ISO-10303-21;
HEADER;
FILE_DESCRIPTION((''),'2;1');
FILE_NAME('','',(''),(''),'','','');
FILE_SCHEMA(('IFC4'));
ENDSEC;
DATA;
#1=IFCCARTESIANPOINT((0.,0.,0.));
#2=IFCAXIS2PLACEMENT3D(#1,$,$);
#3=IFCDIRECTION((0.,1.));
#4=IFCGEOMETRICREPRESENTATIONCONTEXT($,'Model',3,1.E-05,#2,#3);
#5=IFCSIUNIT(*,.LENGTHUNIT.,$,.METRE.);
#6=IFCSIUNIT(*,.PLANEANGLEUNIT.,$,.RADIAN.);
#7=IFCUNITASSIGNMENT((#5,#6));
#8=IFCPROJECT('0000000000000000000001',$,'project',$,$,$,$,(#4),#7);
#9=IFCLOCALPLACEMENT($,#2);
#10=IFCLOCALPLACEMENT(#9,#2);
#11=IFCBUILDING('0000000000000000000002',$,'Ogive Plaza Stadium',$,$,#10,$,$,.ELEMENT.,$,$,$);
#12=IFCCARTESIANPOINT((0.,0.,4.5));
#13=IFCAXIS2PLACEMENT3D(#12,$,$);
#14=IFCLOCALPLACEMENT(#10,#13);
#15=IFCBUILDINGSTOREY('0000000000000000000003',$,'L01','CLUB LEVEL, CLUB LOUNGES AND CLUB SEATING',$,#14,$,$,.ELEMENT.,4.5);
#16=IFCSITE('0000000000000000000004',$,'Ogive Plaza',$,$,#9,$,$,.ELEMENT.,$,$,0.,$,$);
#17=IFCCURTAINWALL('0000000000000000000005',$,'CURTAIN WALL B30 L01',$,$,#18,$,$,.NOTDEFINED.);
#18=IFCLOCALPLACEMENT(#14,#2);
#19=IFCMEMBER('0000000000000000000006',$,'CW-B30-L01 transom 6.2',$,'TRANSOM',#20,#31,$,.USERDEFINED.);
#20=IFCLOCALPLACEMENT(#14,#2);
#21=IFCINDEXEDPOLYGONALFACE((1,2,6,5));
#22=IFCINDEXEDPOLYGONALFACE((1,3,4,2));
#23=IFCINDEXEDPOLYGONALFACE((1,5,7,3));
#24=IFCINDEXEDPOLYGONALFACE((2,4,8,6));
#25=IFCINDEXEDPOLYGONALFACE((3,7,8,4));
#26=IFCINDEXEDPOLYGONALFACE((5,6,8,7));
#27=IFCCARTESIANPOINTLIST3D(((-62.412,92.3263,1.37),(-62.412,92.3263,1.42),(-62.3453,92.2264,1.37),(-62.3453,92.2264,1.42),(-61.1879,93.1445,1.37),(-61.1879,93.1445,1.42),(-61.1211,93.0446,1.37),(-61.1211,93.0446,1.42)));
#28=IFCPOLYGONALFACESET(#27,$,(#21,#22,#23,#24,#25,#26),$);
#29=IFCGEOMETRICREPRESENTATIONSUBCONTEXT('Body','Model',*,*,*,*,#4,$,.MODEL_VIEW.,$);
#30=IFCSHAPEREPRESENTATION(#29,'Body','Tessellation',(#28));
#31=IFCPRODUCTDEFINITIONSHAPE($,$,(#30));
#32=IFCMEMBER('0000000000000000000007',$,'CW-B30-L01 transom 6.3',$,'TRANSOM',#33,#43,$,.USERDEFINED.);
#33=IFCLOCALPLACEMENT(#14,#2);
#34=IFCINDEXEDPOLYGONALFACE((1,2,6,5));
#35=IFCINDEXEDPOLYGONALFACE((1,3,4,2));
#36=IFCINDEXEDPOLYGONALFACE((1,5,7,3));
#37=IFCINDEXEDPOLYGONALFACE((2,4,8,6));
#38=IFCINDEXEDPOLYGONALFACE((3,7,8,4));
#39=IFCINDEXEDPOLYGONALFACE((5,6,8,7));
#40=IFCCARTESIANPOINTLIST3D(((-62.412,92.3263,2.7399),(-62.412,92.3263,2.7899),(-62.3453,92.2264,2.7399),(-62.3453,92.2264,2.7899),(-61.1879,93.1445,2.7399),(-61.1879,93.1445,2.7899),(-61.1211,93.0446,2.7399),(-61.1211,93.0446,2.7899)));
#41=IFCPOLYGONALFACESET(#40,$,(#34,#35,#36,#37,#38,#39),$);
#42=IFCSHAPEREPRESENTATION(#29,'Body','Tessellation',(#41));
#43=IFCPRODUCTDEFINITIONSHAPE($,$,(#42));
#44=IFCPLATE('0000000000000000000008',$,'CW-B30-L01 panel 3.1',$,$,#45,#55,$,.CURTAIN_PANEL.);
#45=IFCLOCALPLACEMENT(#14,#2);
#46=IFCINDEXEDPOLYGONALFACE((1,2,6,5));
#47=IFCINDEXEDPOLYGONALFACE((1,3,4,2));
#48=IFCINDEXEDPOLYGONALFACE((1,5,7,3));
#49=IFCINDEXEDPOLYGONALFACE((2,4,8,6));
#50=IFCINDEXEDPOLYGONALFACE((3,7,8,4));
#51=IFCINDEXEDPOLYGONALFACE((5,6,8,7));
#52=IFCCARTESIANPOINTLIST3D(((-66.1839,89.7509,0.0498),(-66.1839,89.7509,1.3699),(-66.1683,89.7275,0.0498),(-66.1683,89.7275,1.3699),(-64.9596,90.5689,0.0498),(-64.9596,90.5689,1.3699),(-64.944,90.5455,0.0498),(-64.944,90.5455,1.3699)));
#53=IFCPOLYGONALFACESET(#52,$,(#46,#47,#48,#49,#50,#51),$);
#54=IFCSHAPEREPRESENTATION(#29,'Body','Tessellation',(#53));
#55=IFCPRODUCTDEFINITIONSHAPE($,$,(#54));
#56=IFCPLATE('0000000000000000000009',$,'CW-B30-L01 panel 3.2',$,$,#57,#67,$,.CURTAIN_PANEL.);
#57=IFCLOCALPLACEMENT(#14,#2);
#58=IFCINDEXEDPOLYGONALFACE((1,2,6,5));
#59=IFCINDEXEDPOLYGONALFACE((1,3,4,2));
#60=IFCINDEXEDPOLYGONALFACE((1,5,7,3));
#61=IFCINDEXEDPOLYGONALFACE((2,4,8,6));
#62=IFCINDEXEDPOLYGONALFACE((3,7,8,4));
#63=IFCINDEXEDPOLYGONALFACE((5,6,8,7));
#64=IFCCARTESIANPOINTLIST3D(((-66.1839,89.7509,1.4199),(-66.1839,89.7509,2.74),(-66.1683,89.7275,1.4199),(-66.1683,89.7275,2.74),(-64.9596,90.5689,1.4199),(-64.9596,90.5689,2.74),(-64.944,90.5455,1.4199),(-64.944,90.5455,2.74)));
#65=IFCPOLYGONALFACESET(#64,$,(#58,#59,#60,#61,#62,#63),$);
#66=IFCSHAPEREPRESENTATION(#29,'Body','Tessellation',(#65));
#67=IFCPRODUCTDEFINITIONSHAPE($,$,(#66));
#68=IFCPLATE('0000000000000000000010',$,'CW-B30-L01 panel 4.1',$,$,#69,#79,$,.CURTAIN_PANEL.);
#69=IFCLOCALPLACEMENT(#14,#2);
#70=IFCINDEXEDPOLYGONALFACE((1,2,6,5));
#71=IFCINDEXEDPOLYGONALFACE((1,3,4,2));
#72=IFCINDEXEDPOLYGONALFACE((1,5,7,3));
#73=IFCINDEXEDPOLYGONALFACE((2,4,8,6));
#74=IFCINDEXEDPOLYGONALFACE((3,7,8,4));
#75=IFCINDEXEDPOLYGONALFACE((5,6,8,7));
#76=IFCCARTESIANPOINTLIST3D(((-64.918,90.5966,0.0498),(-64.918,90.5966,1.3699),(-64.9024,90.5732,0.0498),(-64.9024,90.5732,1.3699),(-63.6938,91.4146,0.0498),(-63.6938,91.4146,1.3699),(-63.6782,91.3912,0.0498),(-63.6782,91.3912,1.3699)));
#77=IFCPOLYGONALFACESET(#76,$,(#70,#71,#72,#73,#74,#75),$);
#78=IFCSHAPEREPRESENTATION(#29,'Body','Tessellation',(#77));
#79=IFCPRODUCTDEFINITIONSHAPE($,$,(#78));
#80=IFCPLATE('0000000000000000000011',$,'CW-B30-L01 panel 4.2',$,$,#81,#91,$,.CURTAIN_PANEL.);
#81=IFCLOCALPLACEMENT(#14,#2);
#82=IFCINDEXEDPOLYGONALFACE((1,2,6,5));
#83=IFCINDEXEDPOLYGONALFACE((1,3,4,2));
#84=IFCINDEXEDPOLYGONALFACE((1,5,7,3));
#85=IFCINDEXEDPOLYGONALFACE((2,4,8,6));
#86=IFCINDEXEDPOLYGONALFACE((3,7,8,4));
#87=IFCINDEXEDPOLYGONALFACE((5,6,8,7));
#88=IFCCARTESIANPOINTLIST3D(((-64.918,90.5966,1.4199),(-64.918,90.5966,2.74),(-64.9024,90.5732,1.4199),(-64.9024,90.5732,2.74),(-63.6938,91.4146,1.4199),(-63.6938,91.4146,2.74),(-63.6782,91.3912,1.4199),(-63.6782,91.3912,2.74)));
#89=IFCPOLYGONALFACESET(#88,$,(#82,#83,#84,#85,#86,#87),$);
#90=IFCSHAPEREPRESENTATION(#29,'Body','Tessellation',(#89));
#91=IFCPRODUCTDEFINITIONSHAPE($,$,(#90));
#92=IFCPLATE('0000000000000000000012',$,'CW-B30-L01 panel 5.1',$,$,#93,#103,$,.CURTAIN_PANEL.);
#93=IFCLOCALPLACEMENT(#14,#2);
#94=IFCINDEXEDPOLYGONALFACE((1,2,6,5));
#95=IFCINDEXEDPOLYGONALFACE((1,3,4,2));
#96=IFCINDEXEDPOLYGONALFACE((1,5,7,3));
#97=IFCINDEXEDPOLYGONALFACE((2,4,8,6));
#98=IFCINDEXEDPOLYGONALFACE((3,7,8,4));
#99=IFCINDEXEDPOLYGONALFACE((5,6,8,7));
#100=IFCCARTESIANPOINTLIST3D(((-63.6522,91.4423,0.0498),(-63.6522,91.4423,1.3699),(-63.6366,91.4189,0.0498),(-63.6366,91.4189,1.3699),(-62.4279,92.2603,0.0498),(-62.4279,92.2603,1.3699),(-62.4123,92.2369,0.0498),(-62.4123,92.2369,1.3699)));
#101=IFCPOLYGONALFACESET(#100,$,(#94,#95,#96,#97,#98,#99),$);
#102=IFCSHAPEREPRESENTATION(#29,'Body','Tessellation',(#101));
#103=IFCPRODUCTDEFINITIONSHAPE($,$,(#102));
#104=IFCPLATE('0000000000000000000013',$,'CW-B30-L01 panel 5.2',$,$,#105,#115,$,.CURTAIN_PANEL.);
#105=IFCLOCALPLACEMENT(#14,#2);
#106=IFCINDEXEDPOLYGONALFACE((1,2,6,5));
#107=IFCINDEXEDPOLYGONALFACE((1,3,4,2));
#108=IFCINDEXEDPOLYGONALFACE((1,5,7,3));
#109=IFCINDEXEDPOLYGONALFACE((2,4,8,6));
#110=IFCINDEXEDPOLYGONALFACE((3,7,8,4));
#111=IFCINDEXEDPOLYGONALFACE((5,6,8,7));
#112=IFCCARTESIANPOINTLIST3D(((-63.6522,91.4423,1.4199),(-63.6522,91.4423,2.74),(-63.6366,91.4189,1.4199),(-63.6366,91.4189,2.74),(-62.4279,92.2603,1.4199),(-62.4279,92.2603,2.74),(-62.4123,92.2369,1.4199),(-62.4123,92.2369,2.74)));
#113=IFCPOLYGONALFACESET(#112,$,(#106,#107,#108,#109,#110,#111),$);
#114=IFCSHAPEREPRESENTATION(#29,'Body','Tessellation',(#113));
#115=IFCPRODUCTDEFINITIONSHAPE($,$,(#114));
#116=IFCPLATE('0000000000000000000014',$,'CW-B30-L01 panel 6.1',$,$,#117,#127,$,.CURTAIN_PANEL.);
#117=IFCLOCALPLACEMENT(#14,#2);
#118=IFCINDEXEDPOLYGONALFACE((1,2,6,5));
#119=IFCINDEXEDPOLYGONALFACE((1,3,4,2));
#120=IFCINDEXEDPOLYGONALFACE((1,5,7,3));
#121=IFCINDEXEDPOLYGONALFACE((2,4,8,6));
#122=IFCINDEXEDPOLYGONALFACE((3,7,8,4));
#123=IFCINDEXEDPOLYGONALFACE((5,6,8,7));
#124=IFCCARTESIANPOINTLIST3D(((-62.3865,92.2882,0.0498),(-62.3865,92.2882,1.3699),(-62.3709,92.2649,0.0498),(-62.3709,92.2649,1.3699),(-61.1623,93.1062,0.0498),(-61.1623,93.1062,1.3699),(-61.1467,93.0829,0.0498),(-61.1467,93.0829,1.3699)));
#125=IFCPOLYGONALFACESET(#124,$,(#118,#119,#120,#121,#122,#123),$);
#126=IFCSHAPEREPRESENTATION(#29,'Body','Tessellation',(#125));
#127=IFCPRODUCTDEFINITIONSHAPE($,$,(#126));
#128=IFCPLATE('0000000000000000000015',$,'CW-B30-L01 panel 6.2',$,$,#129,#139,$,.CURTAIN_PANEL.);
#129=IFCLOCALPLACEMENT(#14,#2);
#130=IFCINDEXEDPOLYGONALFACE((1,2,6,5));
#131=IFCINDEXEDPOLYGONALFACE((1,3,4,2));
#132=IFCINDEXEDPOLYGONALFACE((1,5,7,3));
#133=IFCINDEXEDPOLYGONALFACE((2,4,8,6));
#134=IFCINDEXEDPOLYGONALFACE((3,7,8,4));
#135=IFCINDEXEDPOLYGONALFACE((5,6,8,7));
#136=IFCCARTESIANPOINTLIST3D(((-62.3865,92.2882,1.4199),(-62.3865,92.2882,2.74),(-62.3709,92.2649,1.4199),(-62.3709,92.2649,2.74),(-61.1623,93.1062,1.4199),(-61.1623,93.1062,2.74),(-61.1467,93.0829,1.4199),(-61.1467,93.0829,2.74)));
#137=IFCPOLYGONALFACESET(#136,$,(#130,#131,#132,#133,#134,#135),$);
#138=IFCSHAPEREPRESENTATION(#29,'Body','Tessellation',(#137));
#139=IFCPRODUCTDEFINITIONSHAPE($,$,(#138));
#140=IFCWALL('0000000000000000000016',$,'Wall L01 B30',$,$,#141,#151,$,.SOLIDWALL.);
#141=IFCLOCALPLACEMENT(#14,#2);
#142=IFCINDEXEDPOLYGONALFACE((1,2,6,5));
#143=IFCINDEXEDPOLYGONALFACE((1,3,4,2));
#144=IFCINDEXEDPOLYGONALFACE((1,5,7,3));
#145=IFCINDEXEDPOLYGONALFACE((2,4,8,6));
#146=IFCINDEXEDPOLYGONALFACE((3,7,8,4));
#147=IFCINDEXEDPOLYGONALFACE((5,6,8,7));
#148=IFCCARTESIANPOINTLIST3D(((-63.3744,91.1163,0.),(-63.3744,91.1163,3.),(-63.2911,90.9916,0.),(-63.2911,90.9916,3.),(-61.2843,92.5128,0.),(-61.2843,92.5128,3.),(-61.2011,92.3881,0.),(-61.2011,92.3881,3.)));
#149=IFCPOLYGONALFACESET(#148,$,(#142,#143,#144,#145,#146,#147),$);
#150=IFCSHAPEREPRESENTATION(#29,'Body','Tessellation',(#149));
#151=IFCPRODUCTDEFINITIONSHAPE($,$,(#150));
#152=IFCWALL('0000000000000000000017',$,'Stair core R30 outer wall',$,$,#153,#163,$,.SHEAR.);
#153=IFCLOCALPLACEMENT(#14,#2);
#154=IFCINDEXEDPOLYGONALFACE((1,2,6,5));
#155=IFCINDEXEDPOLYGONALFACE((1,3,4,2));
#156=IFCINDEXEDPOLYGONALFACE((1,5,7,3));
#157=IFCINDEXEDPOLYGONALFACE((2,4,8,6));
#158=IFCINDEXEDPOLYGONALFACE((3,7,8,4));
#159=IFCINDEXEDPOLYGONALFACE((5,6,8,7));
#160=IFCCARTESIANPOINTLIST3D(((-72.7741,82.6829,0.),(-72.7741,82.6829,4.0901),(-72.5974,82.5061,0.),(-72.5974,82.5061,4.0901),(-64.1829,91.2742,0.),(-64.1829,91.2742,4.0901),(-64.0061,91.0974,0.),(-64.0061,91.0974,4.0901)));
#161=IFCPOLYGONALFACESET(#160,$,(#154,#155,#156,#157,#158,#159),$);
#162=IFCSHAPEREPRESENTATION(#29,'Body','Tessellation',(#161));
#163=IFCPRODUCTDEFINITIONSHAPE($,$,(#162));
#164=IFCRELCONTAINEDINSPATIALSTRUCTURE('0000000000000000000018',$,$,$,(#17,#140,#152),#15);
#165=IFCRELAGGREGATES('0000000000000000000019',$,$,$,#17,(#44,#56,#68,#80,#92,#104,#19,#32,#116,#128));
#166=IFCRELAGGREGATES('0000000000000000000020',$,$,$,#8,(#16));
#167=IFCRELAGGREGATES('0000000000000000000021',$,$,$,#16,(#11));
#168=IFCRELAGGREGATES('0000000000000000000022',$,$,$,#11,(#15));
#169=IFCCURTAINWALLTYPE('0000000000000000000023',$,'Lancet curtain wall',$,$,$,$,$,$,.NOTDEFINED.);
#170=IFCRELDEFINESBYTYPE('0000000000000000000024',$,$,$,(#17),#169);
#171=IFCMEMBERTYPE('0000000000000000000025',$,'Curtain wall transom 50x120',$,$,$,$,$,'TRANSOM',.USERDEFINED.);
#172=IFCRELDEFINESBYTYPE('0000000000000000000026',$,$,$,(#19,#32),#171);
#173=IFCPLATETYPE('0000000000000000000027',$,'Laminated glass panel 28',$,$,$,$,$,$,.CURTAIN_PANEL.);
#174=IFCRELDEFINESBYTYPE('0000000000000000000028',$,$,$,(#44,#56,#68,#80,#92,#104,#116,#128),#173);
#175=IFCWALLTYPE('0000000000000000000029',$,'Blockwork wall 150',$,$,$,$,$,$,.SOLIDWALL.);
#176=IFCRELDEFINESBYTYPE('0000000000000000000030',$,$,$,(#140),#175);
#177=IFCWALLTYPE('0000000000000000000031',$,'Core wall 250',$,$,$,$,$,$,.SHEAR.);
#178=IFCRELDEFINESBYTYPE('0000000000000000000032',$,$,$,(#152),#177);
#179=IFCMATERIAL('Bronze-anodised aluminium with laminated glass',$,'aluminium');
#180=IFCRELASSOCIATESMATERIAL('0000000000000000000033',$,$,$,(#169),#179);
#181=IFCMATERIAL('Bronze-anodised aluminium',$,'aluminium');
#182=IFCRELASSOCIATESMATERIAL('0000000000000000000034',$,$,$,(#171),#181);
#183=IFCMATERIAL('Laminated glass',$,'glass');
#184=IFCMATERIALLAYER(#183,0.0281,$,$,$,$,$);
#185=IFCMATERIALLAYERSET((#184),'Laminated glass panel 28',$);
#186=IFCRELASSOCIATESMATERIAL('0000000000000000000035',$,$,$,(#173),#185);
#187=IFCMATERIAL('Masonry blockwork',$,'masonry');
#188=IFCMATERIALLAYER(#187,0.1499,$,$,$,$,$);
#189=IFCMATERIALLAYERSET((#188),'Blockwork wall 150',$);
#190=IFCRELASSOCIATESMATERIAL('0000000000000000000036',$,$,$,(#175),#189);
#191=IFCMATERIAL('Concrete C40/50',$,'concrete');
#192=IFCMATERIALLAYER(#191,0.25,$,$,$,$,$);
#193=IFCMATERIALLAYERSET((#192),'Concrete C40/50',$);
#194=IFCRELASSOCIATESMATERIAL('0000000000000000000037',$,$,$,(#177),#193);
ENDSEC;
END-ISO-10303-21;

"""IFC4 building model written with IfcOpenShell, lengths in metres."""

from ifc_helpers import new_model, si_unit, direction, frame, frame_2d, origin, origin_2d, place, context, subcontext, project, spatial, rectangle, extrude, material, layer, layer_set, material_profile, profile_set, type_object, element, aggregate, save


model = new_model("IFC4")

# Units and contexts
model_context = context("Model", 3, precision=1e-05, world=origin(), true_north=direction((0.0, 1.0)))
body_context = subcontext(model_context, "Body", "Model", "MODEL_VIEW")
ifc_project = project(units=[si_unit("LENGTHUNIT", "METRE"), si_unit("PLANEANGLEUNIT", "RADIAN")], contexts=[model_context])

# Site, building, storey
site_placement = place(None, origin())
site = spatial("IfcSite", under=ifc_project, at=site_placement, Name="Ogive Plaza", CompositionType="ELEMENT", RefElevation=0.0)
building_placement = place(site_placement, origin())
building = spatial("IfcBuilding", under=site, at=building_placement, Name="Ogive Plaza Stadium", CompositionType="ELEMENT")
storey_placement = place(building_placement, frame((0.0, 0.0, 4.5)))
storey = spatial("IfcBuildingStorey", under=building, at=storey_placement, Name="L01", Description="CLUB LEVEL, CLUB LOUNGES AND CLUB SEATING", CompositionType="ELEMENT", Elevation=4.5)

# Curtain wall, members, plates
ifc_material_1 = material(Name="Bronze-anodised aluminium with laminated glass", Category="aluminium")
curtain_wall_type = type_object("IfcCurtainWallType", Name="Lancet curtain wall", PredefinedType="NOTDEFINED", material=ifc_material_1)
curtain_wall_placement = place(storey_placement, origin())
curtain_wall = element("IfcCurtainWall", 1, at=curtain_wall_placement, inside=storey, type_object=curtain_wall_type, Name="CURTAIN WALL B30 L01", PredefinedType="NOTDEFINED")
ifc_material_2 = material(Name="Bronze-anodised aluminium", Category="aluminium")
ifc_material_profile_1 = material_profile(ifc_material_2, rectangle(XDim=0.1201, YDim=0.05, at=origin_2d()), Name="AL 120x50")
ifc_profile_set_1 = profile_set([ifc_material_profile_1], Name="Bronze-anodised aluminium")
member_type_1 = type_object("IfcMemberType", Name="Curtain wall transom 50x120", ElementType="TRANSOM", PredefinedType="USERDEFINED", material=ifc_profile_set_1)
member_1_placement = place(storey_placement, frame((-62.3787, 92.2764, 1.395), z_axis=(0.831412, 0.555656, 0.0), x_axis=(-0.555656, 0.831412, 0.0)))
member_1 = element("IfcMember", 2, at=member_1_placement, type_object=member_type_1, Name="CW-B30-L01 transom 6.2", ObjectType="TRANSOM", PredefinedType="USERDEFINED", context=body_context, shape_type="SweptSolid", body=[
    extrude(rectangle(XDim=0.1201, YDim=0.05, at=origin_2d()), origin(), (0.0, 0.0, 1.0), 1.4724),
])
member_2_placement = place(storey_placement, frame((-62.3787, 92.2764, 2.7649), z_axis=(0.831412, 0.555656, 0.0), x_axis=(-0.555656, 0.831412, 0.0)))
member_2 = element("IfcMember", 3, at=member_2_placement, type_object=member_type_1, Name="CW-B30-L01 transom 6.3", ObjectType="TRANSOM", PredefinedType="USERDEFINED", context=body_context, shape_type="SweptSolid", body=[
    extrude(rectangle(XDim=0.1201, YDim=0.05, at=origin_2d()), origin(), (0.0, 0.0, 1.0), 1.4724),
])
ifc_material_3 = material(Name="Laminated glass", Category="glass")
ifc_layer_1 = layer(ifc_material_3, 0.0281)
ifc_layer_set_1 = layer_set([ifc_layer_1], Name="Laminated glass panel 28")
plate_type = type_object("IfcPlateType", Name="Laminated glass panel 28", PredefinedType="CURTAIN_PANEL", material=ifc_layer_set_1)
plate_1_placement = place(storey_placement, frame((-65.564, 90.1482, 0.0498), z_axis=(0.0, 0.0, 1.0), x_axis=(0.83147, 0.55557, 0.0)))
plate_1 = element("IfcPlate", 4, at=plate_1_placement, type_object=plate_type, Name="CW-B30-L01 panel 3.1", PredefinedType="CURTAIN_PANEL", context=body_context, shape_type="SweptSolid", body=[
    extrude(rectangle(XDim=1.4724, YDim=0.0281, at=origin_2d()), origin(), (0.0, 0.0, 1.0), 1.3201),
])
plate_2_placement = place(storey_placement, frame((-65.564, 90.1482, 1.4199), z_axis=(0.0, 0.0, 1.0), x_axis=(0.83147, 0.55557, 0.0)))
plate_2 = element("IfcPlate", 5, at=plate_2_placement, type_object=plate_type, Name="CW-B30-L01 panel 3.2", PredefinedType="CURTAIN_PANEL", context=body_context, shape_type="SweptSolid", body=[
    extrude(rectangle(XDim=1.4724, YDim=0.0281, at=origin_2d()), origin(), (0.0, 0.0, 1.0), 1.3201),
])
plate_3_placement = place(storey_placement, frame((-64.2981, 90.9939, 0.0498), z_axis=(0.0, 0.0, 1.0), x_axis=(0.83147, 0.55557, 0.0)))
plate_3 = element("IfcPlate", 6, at=plate_3_placement, type_object=plate_type, Name="CW-B30-L01 panel 4.1", PredefinedType="CURTAIN_PANEL", context=body_context, shape_type="SweptSolid", body=[
    extrude(rectangle(XDim=1.4724, YDim=0.0281, at=origin_2d()), origin(), (0.0, 0.0, 1.0), 1.3201),
])
plate_4_placement = place(storey_placement, frame((-64.2981, 90.9939, 1.4199), z_axis=(0.0, 0.0, 1.0), x_axis=(0.83147, 0.55557, 0.0)))
plate_4 = element("IfcPlate", 7, at=plate_4_placement, type_object=plate_type, Name="CW-B30-L01 panel 4.2", PredefinedType="CURTAIN_PANEL", context=body_context, shape_type="SweptSolid", body=[
    extrude(rectangle(XDim=1.4724, YDim=0.0281, at=origin_2d()), origin(), (0.0, 0.0, 1.0), 1.3201),
])
plate_5_placement = place(storey_placement, frame((-63.0322, 91.8396, 0.0498), z_axis=(0.0, 0.0, 1.0), x_axis=(0.83147, 0.55557, 0.0)))
plate_5 = element("IfcPlate", 8, at=plate_5_placement, type_object=plate_type, Name="CW-B30-L01 panel 5.1", PredefinedType="CURTAIN_PANEL", context=body_context, shape_type="SweptSolid", body=[
    extrude(rectangle(XDim=1.4724, YDim=0.0281, at=origin_2d()), origin(), (0.0, 0.0, 1.0), 1.3201),
])
plate_6_placement = place(storey_placement, frame((-63.0322, 91.8396, 1.4199), z_axis=(0.0, 0.0, 1.0), x_axis=(0.83147, 0.55557, 0.0)))
plate_6 = element("IfcPlate", 9, at=plate_6_placement, type_object=plate_type, Name="CW-B30-L01 panel 5.2", PredefinedType="CURTAIN_PANEL", context=body_context, shape_type="SweptSolid", body=[
    extrude(rectangle(XDim=1.4724, YDim=0.0281, at=origin_2d()), origin(), (0.0, 0.0, 1.0), 1.3201),
])
plate_7_placement = place(storey_placement, frame((-61.7666, 92.6855, 0.0498), z_axis=(0.0, 0.0, 1.0), x_axis=(0.83147, 0.55557, 0.0)))
plate_7 = element("IfcPlate", 10, at=plate_7_placement, type_object=plate_type, Name="CW-B30-L01 panel 6.1", PredefinedType="CURTAIN_PANEL", context=body_context, shape_type="SweptSolid", body=[
    extrude(rectangle(XDim=1.4724, YDim=0.0281, at=origin_2d()), origin(), (0.0, 0.0, 1.0), 1.3201),
])
plate_8_placement = place(storey_placement, frame((-61.7666, 92.6855, 1.4199), z_axis=(0.0, 0.0, 1.0), x_axis=(0.83147, 0.55557, 0.0)))
plate_8 = element("IfcPlate", 11, at=plate_8_placement, type_object=plate_type, Name="CW-B30-L01 panel 6.2", PredefinedType="CURTAIN_PANEL", context=body_context, shape_type="SweptSolid", body=[
    extrude(rectangle(XDim=1.4724, YDim=0.0281, at=origin_2d()), origin(), (0.0, 0.0, 1.0), 1.3201),
])
aggregate(curtain_wall, [plate_1, plate_2, plate_3, plate_4, plate_5, plate_6, member_1, member_2, plate_7, plate_8])

# Walls
ifc_material_4 = material(Name="Masonry blockwork", Category="masonry")
ifc_layer_2 = layer(ifc_material_4, 0.1499)
ifc_layer_set_2 = layer_set([ifc_layer_2], Name="Blockwork wall 150")
wall_type_1 = type_object("IfcWallType", Name="Blockwork wall 150", PredefinedType="SOLIDWALL", material=ifc_layer_set_2)
wall_1_placement = place(storey_placement, frame((-63.3328, 91.054, 0.0), z_axis=(0.0, 0.0, 1.0), x_axis=(0.831482, 0.555552, 0.0)))
element("IfcWall", 12, at=wall_1_placement, inside=storey, type_object=wall_type_1, Name="Wall L01 B30", PredefinedType="SOLIDWALL", context=body_context, shape_type="SweptSolid", body=[
    extrude(rectangle(XDim=2.5137, YDim=0.1499, at=frame_2d((1.2568, 0.0))), origin(), (0.0, 0.0, 1.0), 3.0),
])
ifc_material_5 = material(Name="Concrete C40/50", Category="concrete")
ifc_layer_3 = layer(ifc_material_5, 0.25)
ifc_layer_set_3 = layer_set([ifc_layer_3], Name="Concrete C40/50")
wall_type_2 = type_object("IfcWallType", Name="Core wall 250", PredefinedType="SHEAR", material=ifc_layer_set_3)
wall_2_placement = place(storey_placement, frame((-64.0945, 91.1858, 0.0), z_axis=(0.0, 0.0, 1.0), x_axis=(-0.707107, -0.707107, 0.0)))
element("IfcWall", 13, at=wall_2_placement, inside=storey, type_object=wall_type_2, Name="Stair core R30 outer wall", PredefinedType="SHEAR", context=body_context, shape_type="SweptSolid", body=[
    extrude(rectangle(XDim=12.1499, YDim=0.25, at=frame_2d((6.075, 0.0))), origin(), (0.0, 0.0, 1.0), 4.0901),
])

save(model, "model.ifc")
